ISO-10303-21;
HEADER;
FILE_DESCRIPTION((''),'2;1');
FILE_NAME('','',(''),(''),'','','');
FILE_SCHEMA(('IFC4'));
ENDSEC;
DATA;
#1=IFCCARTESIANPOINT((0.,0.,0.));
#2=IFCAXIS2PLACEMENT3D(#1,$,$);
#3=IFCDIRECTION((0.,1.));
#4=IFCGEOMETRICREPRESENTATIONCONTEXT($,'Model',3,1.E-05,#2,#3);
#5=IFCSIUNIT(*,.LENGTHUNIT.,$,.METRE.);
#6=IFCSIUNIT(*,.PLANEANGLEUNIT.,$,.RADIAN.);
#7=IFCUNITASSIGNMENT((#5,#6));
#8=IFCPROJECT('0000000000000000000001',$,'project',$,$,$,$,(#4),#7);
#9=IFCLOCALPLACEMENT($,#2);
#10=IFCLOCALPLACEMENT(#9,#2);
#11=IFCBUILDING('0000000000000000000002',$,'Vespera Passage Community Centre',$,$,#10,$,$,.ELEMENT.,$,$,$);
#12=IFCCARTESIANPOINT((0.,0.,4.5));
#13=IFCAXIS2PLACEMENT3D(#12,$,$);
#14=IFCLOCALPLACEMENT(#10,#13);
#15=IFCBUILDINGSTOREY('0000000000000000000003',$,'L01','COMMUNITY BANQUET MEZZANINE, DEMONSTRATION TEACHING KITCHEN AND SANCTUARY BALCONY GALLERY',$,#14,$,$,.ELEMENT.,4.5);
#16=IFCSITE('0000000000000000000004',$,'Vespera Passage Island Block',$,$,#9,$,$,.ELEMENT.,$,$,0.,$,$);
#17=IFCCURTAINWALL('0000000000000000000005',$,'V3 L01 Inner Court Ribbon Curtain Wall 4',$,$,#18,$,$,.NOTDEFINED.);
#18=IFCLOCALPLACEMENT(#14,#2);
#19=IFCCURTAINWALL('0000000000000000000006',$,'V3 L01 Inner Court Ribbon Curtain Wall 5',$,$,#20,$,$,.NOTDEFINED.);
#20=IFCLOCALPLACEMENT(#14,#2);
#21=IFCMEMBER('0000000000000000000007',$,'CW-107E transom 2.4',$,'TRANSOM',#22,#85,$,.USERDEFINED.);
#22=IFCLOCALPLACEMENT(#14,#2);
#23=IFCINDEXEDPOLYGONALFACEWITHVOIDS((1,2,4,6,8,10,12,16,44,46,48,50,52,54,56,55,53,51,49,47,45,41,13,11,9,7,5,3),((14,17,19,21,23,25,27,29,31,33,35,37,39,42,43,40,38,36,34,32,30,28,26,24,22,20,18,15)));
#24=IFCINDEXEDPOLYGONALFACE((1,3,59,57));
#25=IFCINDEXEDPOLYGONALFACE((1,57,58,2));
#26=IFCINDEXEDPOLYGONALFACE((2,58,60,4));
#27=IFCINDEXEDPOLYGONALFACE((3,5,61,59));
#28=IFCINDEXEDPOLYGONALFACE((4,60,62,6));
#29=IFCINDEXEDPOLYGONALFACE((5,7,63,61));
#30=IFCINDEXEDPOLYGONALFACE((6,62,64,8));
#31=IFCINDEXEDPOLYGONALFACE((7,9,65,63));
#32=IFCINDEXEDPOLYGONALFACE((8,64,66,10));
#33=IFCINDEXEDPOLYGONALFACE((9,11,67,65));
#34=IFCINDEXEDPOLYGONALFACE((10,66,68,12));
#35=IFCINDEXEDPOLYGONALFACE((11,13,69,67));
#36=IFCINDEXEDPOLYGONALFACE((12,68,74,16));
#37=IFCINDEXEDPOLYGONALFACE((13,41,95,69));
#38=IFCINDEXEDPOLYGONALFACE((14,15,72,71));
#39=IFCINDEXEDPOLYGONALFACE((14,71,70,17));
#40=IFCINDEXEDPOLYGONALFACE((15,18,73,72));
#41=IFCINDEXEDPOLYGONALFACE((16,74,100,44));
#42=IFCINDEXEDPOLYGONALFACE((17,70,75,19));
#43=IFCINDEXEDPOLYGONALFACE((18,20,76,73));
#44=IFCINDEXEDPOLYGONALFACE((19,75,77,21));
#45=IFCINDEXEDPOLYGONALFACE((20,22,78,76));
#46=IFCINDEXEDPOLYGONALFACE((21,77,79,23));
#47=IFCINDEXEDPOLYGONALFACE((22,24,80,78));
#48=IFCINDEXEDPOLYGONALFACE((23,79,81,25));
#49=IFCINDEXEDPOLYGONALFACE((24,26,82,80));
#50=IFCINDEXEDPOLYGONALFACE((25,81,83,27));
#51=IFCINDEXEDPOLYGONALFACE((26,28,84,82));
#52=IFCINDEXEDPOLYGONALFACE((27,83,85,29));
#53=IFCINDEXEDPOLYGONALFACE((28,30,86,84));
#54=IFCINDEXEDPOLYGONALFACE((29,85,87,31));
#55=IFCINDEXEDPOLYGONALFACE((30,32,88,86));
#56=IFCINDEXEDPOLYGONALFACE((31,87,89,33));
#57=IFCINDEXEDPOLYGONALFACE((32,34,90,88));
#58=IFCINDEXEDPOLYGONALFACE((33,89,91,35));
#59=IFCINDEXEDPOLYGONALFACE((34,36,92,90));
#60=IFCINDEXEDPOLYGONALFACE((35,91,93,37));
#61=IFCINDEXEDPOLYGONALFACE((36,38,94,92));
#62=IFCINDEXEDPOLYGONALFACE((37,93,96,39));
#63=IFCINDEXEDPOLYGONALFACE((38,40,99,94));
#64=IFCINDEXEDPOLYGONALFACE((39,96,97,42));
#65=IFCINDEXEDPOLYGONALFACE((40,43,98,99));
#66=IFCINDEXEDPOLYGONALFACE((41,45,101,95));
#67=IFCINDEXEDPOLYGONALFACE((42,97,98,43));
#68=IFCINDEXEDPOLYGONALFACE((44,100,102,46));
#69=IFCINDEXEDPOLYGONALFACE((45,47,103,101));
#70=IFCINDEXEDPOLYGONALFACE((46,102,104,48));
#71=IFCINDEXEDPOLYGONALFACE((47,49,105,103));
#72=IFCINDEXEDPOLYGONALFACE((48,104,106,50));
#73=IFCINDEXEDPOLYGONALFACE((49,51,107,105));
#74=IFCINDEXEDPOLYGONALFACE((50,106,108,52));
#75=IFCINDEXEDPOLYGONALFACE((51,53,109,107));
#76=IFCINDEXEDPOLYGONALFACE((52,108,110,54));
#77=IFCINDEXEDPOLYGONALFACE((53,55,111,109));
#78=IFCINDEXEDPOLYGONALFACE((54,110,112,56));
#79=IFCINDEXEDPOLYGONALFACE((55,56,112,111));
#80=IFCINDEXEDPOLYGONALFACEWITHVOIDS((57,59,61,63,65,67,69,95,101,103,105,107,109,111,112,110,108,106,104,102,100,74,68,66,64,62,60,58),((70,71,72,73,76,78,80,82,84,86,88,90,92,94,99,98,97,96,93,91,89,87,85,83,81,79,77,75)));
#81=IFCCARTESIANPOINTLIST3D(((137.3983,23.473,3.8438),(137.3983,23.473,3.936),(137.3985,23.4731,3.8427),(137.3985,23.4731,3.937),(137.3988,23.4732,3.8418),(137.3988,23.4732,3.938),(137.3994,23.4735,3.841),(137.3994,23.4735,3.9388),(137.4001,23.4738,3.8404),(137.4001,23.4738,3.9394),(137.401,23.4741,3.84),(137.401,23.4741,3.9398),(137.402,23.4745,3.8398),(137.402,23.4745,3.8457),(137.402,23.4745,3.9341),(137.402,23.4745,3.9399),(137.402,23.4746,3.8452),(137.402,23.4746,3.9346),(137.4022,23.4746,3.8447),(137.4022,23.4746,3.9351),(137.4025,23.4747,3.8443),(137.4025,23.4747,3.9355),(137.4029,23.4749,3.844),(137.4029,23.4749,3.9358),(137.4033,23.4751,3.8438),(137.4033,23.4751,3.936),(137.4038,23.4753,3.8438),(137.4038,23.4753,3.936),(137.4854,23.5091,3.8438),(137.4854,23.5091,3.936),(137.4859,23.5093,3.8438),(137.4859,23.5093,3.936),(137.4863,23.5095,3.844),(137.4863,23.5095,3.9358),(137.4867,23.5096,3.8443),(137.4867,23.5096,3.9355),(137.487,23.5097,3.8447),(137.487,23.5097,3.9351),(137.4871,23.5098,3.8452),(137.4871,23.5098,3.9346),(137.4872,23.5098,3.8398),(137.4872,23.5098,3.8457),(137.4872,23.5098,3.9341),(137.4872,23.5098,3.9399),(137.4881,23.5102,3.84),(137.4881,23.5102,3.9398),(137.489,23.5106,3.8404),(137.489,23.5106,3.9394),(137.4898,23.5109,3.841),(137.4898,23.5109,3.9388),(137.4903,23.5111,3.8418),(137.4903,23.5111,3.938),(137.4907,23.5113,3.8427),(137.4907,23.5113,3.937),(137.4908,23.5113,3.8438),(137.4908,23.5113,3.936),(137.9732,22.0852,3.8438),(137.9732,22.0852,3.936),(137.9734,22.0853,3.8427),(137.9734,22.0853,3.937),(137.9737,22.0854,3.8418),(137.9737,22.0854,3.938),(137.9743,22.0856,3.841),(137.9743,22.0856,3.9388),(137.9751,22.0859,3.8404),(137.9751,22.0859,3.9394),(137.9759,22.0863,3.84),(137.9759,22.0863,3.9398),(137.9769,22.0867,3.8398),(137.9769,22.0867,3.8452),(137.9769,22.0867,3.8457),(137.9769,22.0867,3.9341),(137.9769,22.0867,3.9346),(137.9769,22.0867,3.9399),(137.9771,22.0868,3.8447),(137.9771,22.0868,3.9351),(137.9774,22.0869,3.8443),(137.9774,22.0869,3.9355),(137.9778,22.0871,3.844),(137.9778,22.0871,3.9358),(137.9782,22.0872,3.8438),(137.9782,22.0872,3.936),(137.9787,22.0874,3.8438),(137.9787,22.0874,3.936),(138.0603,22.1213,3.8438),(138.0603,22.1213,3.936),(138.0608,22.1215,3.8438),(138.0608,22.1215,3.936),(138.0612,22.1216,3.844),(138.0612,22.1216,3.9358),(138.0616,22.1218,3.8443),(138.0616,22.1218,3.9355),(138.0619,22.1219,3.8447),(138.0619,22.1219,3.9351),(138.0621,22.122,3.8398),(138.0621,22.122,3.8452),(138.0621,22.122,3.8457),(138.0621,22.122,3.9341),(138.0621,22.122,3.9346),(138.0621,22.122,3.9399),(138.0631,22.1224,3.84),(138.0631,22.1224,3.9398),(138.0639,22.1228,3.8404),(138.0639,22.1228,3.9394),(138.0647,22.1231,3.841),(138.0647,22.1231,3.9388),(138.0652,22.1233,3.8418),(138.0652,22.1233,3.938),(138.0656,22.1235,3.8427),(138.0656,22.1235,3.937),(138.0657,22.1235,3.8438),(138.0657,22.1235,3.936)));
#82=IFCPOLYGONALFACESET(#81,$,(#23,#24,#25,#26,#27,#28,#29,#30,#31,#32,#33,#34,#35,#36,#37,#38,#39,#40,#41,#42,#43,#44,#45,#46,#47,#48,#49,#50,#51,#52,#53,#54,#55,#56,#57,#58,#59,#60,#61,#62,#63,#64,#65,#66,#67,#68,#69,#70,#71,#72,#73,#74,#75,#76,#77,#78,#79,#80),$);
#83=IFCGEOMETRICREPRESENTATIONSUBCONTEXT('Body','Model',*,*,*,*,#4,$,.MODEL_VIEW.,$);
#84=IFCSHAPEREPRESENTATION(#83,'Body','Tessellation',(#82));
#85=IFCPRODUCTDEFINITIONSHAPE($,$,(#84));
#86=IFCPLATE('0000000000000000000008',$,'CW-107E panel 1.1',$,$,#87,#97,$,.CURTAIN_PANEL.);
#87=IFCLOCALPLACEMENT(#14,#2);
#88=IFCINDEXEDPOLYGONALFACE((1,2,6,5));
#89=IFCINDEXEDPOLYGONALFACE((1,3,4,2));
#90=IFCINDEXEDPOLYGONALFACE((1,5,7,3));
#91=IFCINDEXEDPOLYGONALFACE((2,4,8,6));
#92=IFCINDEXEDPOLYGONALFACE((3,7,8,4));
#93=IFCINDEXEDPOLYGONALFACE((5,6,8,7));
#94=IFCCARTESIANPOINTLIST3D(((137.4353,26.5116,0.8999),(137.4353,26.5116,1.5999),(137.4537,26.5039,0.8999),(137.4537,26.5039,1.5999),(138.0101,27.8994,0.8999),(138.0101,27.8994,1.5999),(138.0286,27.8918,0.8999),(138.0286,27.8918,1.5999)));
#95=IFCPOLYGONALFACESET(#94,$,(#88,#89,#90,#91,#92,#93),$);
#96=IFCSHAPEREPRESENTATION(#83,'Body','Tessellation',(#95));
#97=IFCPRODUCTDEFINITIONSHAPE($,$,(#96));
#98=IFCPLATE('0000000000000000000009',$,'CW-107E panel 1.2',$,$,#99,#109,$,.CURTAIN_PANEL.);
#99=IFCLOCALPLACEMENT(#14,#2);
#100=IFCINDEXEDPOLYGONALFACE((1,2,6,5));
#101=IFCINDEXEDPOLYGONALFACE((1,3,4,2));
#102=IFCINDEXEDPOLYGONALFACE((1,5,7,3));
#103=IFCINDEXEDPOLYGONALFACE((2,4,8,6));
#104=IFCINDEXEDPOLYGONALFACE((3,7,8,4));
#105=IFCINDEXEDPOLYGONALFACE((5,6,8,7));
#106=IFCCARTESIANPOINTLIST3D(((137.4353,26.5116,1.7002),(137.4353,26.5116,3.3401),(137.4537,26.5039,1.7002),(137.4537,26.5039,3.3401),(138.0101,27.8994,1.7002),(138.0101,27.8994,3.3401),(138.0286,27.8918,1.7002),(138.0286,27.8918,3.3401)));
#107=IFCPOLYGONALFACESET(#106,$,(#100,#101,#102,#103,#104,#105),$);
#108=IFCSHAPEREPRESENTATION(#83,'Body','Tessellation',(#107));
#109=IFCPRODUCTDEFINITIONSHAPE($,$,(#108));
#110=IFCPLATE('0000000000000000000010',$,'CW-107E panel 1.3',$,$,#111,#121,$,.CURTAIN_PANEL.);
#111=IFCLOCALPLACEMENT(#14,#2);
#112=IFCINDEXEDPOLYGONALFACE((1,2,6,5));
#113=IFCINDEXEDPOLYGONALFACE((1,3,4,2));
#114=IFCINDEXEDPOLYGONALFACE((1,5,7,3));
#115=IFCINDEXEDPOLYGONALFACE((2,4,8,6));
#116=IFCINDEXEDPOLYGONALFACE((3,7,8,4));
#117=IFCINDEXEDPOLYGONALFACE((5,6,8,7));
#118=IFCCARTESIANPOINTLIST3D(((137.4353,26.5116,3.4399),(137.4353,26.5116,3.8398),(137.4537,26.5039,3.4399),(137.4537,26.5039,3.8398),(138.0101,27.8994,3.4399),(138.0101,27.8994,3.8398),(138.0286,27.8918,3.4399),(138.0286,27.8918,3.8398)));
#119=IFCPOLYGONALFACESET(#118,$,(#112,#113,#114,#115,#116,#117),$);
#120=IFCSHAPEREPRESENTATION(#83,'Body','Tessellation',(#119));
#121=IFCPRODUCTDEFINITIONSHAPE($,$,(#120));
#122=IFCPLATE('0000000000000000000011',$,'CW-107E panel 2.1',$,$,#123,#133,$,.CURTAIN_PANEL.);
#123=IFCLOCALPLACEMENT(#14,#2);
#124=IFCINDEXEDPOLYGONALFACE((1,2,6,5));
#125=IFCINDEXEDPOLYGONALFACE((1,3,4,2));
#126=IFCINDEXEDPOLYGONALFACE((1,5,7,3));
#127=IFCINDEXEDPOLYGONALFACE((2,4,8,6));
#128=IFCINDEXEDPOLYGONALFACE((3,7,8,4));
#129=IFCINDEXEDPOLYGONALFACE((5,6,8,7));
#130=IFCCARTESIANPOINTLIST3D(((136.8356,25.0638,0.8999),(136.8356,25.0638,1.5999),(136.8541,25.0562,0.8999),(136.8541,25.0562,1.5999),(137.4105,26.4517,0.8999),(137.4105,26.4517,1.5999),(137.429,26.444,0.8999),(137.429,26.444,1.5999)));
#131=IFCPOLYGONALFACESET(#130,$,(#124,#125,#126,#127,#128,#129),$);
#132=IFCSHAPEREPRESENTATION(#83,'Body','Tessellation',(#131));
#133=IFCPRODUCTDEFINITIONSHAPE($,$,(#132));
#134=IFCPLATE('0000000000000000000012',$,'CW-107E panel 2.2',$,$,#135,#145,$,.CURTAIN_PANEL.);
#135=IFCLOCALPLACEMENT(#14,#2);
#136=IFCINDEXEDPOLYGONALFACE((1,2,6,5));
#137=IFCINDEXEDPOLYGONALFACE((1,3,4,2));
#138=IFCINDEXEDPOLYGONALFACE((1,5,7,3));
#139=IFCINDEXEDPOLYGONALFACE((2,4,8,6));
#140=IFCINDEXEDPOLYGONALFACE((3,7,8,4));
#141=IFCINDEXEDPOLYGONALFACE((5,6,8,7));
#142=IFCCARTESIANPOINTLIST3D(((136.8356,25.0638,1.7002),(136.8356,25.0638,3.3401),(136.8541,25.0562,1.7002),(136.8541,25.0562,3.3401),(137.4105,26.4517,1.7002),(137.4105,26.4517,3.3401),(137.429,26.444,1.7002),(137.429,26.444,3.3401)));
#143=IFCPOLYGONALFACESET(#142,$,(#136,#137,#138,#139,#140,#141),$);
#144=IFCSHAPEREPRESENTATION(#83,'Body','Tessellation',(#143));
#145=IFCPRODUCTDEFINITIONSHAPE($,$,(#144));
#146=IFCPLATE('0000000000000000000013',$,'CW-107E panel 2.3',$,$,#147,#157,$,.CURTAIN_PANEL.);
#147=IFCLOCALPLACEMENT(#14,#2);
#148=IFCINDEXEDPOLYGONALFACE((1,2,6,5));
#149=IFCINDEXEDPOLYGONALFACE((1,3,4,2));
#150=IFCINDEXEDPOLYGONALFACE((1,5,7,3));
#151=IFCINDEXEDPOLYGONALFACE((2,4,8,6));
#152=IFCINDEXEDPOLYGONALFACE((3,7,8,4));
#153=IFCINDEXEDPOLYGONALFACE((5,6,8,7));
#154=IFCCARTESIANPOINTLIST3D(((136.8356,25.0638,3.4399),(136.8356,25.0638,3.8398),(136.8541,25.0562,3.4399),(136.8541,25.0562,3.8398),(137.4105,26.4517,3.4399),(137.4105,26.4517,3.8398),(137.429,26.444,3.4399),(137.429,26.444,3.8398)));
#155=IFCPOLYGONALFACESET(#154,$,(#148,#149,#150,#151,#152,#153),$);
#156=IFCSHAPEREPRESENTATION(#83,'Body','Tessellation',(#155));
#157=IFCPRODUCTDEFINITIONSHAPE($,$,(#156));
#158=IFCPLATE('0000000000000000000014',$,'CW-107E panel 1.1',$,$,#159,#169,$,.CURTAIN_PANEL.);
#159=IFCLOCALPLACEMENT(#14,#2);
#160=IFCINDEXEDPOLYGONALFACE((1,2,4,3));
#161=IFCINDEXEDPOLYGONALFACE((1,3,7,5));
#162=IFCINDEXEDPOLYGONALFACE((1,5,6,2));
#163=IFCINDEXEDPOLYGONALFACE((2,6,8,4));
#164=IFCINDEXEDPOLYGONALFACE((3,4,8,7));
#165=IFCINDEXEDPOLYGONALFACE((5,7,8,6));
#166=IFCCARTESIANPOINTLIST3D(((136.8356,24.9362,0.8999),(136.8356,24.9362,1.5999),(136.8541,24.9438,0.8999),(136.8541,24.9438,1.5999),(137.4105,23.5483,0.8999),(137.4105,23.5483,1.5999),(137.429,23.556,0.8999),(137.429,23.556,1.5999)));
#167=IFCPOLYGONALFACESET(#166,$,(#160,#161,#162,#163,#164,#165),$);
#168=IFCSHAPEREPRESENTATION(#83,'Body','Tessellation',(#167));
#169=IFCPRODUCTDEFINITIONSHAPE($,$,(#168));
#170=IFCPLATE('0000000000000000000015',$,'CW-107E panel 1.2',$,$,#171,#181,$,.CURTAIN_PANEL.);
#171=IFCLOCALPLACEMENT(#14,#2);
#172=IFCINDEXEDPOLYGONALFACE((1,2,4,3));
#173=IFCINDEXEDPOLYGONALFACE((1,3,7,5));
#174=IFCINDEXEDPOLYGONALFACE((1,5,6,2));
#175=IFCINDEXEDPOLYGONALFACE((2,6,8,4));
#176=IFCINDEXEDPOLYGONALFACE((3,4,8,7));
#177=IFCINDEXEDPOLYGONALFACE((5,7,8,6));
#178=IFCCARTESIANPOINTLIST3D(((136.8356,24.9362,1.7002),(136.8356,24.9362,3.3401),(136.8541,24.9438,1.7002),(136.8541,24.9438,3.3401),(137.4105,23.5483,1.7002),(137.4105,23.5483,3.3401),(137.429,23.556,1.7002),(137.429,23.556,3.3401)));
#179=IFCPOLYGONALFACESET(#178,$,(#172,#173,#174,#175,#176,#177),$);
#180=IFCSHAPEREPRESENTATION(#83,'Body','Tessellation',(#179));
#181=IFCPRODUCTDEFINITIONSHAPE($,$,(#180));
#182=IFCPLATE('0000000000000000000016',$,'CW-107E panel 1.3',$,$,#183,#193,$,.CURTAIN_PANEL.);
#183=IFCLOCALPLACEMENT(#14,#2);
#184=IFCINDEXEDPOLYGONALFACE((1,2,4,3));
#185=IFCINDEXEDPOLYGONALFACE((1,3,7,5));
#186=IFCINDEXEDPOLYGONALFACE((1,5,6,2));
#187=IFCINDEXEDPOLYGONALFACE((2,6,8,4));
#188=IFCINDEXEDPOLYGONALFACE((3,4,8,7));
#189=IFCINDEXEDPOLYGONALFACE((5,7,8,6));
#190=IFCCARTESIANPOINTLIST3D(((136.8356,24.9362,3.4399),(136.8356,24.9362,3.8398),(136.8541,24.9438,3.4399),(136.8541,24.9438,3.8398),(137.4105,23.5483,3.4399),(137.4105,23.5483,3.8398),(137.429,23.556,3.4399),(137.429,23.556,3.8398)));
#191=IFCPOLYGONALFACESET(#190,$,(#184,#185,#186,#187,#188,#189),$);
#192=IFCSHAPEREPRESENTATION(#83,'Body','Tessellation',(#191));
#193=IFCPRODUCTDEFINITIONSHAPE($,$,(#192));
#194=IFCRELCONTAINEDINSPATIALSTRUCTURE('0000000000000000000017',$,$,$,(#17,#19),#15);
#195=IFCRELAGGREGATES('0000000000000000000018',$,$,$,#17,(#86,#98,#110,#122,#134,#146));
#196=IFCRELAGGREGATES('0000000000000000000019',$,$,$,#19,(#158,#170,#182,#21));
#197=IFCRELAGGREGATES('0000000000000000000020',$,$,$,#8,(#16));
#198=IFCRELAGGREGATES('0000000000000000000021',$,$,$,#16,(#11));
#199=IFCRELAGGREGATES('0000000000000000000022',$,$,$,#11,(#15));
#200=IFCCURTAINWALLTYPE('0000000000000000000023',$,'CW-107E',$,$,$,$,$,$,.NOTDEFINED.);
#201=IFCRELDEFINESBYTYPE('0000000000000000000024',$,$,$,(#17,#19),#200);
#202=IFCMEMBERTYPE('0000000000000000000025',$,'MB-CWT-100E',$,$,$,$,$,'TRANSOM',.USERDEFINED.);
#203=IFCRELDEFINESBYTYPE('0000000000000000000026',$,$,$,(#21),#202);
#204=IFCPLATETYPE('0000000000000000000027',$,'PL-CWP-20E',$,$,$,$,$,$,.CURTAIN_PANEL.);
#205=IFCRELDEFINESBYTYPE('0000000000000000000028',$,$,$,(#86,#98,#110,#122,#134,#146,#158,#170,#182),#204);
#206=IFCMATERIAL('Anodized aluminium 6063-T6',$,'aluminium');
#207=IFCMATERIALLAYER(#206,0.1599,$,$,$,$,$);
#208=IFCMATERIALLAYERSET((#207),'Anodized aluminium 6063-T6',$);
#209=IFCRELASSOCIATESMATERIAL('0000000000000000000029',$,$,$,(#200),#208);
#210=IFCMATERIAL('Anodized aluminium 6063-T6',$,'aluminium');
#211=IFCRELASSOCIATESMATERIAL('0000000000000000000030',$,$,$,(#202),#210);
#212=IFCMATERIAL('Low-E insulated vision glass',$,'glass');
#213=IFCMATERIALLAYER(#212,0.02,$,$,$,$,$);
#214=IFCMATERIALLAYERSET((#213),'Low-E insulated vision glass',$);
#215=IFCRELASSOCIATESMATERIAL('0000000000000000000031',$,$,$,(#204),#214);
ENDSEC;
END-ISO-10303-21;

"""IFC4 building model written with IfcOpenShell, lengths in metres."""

from ifc_helpers import new_model, si_unit, direction, frame, origin, origin_2d, place, context, subcontext, project, spatial, rectangle, hollow_rectangle, extrude, material, layer, layer_set, material_profile, profile_set, type_object, element, aggregate, save


model = new_model("IFC4")

# Units and contexts
model_context = context("Model", 3, precision=1e-05, world=origin(), true_north=direction((0.0, 1.0)))
body_context = subcontext(model_context, "Body", "Model", "MODEL_VIEW")
ifc_project = project(units=[si_unit("LENGTHUNIT", "METRE"), si_unit("PLANEANGLEUNIT", "RADIAN")], contexts=[model_context])

# Site, building, storey
site_placement = place(None, origin())
site = spatial("IfcSite", under=ifc_project, at=site_placement, Name="Vespera Passage Island Block", CompositionType="ELEMENT", RefElevation=0.0)
building_placement = place(site_placement, origin())
building = spatial("IfcBuilding", under=site, at=building_placement, Name="Vespera Passage Community Centre", CompositionType="ELEMENT")
storey_placement = place(building_placement, frame((0.0, 0.0, 4.5)))
storey = spatial("IfcBuildingStorey", under=building, at=storey_placement, Name="L01", Description="COMMUNITY BANQUET MEZZANINE, DEMONSTRATION TEACHING KITCHEN AND SANCTUARY BALCONY GALLERY", CompositionType="ELEMENT", Elevation=4.5)

# Curtain walls
ifc_material_1 = material(Name="Anodized aluminium 6063-T6", Category="aluminium")
ifc_layer_1 = layer(ifc_material_1, 0.1599)
ifc_layer_set_1 = layer_set([ifc_layer_1], Name="Anodized aluminium 6063-T6")
curtain_wall_type = type_object("IfcCurtainWallType", Name="CW-107E", PredefinedType="NOTDEFINED", material=ifc_layer_set_1)
curtain_wall_1_placement = place(storey_placement, origin())
curtain_wall_1 = element("IfcCurtainWall", 1, at=curtain_wall_1_placement, inside=storey, type_object=curtain_wall_type, Name="V3 L01 Inner Court Ribbon Curtain Wall 4", PredefinedType="NOTDEFINED")
curtain_wall_2_placement = place(storey_placement, origin())
curtain_wall_2 = element("IfcCurtainWall", 2, at=curtain_wall_2_placement, inside=storey, type_object=curtain_wall_type, Name="V3 L01 Inner Court Ribbon Curtain Wall 5", PredefinedType="NOTDEFINED")

# Member
ifc_material_2 = material(Name="Anodized aluminium 6063-T6", Category="aluminium")
ifc_material_profile_1 = material_profile(ifc_material_2, hollow_rectangle(XDim=0.1001, YDim=0.1001, WallThickness=0.0039, InnerFilletRadius=0.002, OuterFilletRadius=0.0039, at=origin_2d()), Name="ALU100X100X4")
ifc_profile_set_1 = profile_set([ifc_material_profile_1], Name="Anodized aluminium 6063-T6")
member_type_1 = type_object("IfcMemberType", Name="MB-CWT-100E", ElementType="TRANSOM", PredefinedType="USERDEFINED", material=ifc_profile_set_1)
member_1_placement = place(storey_placement, frame((137.4446, 23.4922, 3.8899), z_axis=(0.382711, -0.923868, 0.0), x_axis=(0.923868, 0.382711, 0.0)))
member_1 = element("IfcMember", 3, at=member_1_placement, type_object=member_type_1, Name="CW-107E transom 2.4", ObjectType="TRANSOM", PredefinedType="USERDEFINED", context=body_context, shape_type="SweptSolid", body=[
    extrude(hollow_rectangle(XDim=0.1001, YDim=0.1001, WallThickness=0.0039, InnerFilletRadius=0.002, OuterFilletRadius=0.0039, at=origin_2d()), origin(), (0.0, 0.0, 1.0), 1.5022),
])

# Plates
ifc_material_3 = material(Name="Low-E insulated vision glass", Category="glass")
ifc_layer_2 = layer(ifc_material_3, 0.02)
ifc_layer_set_2 = layer_set([ifc_layer_2], Name="Low-E insulated vision glass")
plate_type = type_object("IfcPlateType", Name="PL-CWP-20E", PredefinedType="CURTAIN_PANEL", material=ifc_layer_set_2)
plate_1_placement = place(storey_placement, frame((137.7319, 27.2017, 0.8999), z_axis=(0.0, 0.0, 1.0), x_axis=(-0.382686, -0.923879, 0.0)))
plate_1 = element("IfcPlate", 4, at=plate_1_placement, type_object=plate_type, Name="CW-107E panel 1.1", PredefinedType="CURTAIN_PANEL", context=body_context, shape_type="SweptSolid", body=[
    extrude(rectangle(XDim=1.5022, YDim=0.02, at=origin_2d()), origin(), (0.0, 0.0, 1.0), 0.7),
])
plate_2_placement = place(storey_placement, frame((137.7319, 27.2017, 1.7002), z_axis=(0.0, 0.0, 1.0), x_axis=(-0.382686, -0.923879, 0.0)))
plate_2 = element("IfcPlate", 5, at=plate_2_placement, type_object=plate_type, Name="CW-107E panel 1.2", PredefinedType="CURTAIN_PANEL", context=body_context, shape_type="SweptSolid", body=[
    extrude(rectangle(XDim=1.5022, YDim=0.02, at=origin_2d()), origin(), (0.0, 0.0, 1.0), 1.6399),
])
plate_3_placement = place(storey_placement, frame((137.7319, 27.2017, 3.4399), z_axis=(0.0, 0.0, 1.0), x_axis=(-0.382686, -0.923879, 0.0)))
plate_3 = element("IfcPlate", 6, at=plate_3_placement, type_object=plate_type, Name="CW-107E panel 1.3", PredefinedType="CURTAIN_PANEL", context=body_context, shape_type="SweptSolid", body=[
    extrude(rectangle(XDim=1.5022, YDim=0.02, at=origin_2d()), origin(), (0.0, 0.0, 1.0), 0.3999),
])
plate_4_placement = place(storey_placement, frame((137.1323, 25.7539, 0.8999), z_axis=(0.0, 0.0, 1.0), x_axis=(-0.382686, -0.923879, 0.0)))
plate_4 = element("IfcPlate", 7, at=plate_4_placement, type_object=plate_type, Name="CW-107E panel 2.1", PredefinedType="CURTAIN_PANEL", context=body_context, shape_type="SweptSolid", body=[
    extrude(rectangle(XDim=1.5022, YDim=0.02, at=origin_2d()), origin(), (0.0, 0.0, 1.0), 0.7),
])
plate_5_placement = place(storey_placement, frame((137.1323, 25.7539, 1.7002), z_axis=(0.0, 0.0, 1.0), x_axis=(-0.382686, -0.923879, 0.0)))
plate_5 = element("IfcPlate", 8, at=plate_5_placement, type_object=plate_type, Name="CW-107E panel 2.2", PredefinedType="CURTAIN_PANEL", context=body_context, shape_type="SweptSolid", body=[
    extrude(rectangle(XDim=1.5022, YDim=0.02, at=origin_2d()), origin(), (0.0, 0.0, 1.0), 1.6399),
])
plate_6_placement = place(storey_placement, frame((137.1323, 25.7539, 3.4399), z_axis=(0.0, 0.0, 1.0), x_axis=(-0.382686, -0.923879, 0.0)))
plate_6 = element("IfcPlate", 9, at=plate_6_placement, type_object=plate_type, Name="CW-107E panel 2.3", PredefinedType="CURTAIN_PANEL", context=body_context, shape_type="SweptSolid", body=[
    extrude(rectangle(XDim=1.5022, YDim=0.02, at=origin_2d()), origin(), (0.0, 0.0, 1.0), 0.3999),
])
aggregate(curtain_wall_1, [plate_1, plate_2, plate_3, plate_4, plate_5, plate_6])
plate_7_placement = place(storey_placement, frame((137.1323, 24.2461, 0.8999), z_axis=(0.0, 0.0, 1.0), x_axis=(0.382686, -0.923879, 0.0)))
plate_7 = element("IfcPlate", 10, at=plate_7_placement, type_object=plate_type, Name="CW-107E panel 1.1", PredefinedType="CURTAIN_PANEL", context=body_context, shape_type="SweptSolid", body=[
    extrude(rectangle(XDim=1.5022, YDim=0.02, at=origin_2d()), origin(), (0.0, 0.0, 1.0), 0.7),
])
plate_8_placement = place(storey_placement, frame((137.1323, 24.2461, 1.7002), z_axis=(0.0, 0.0, 1.0), x_axis=(0.382686, -0.923879, 0.0)))
plate_8 = element("IfcPlate", 11, at=plate_8_placement, type_object=plate_type, Name="CW-107E panel 1.2", PredefinedType="CURTAIN_PANEL", context=body_context, shape_type="SweptSolid", body=[
    extrude(rectangle(XDim=1.5022, YDim=0.02, at=origin_2d()), origin(), (0.0, 0.0, 1.0), 1.6399),
])
plate_9_placement = place(storey_placement, frame((137.1323, 24.2461, 3.4399), z_axis=(0.0, 0.0, 1.0), x_axis=(0.382686, -0.923879, 0.0)))
plate_9 = element("IfcPlate", 12, at=plate_9_placement, type_object=plate_type, Name="CW-107E panel 1.3", PredefinedType="CURTAIN_PANEL", context=body_context, shape_type="SweptSolid", body=[
    extrude(rectangle(XDim=1.5022, YDim=0.02, at=origin_2d()), origin(), (0.0, 0.0, 1.0), 0.3999),
])
aggregate(curtain_wall_2, [plate_7, plate_8, plate_9, member_1])

save(model, "model.ifc")
